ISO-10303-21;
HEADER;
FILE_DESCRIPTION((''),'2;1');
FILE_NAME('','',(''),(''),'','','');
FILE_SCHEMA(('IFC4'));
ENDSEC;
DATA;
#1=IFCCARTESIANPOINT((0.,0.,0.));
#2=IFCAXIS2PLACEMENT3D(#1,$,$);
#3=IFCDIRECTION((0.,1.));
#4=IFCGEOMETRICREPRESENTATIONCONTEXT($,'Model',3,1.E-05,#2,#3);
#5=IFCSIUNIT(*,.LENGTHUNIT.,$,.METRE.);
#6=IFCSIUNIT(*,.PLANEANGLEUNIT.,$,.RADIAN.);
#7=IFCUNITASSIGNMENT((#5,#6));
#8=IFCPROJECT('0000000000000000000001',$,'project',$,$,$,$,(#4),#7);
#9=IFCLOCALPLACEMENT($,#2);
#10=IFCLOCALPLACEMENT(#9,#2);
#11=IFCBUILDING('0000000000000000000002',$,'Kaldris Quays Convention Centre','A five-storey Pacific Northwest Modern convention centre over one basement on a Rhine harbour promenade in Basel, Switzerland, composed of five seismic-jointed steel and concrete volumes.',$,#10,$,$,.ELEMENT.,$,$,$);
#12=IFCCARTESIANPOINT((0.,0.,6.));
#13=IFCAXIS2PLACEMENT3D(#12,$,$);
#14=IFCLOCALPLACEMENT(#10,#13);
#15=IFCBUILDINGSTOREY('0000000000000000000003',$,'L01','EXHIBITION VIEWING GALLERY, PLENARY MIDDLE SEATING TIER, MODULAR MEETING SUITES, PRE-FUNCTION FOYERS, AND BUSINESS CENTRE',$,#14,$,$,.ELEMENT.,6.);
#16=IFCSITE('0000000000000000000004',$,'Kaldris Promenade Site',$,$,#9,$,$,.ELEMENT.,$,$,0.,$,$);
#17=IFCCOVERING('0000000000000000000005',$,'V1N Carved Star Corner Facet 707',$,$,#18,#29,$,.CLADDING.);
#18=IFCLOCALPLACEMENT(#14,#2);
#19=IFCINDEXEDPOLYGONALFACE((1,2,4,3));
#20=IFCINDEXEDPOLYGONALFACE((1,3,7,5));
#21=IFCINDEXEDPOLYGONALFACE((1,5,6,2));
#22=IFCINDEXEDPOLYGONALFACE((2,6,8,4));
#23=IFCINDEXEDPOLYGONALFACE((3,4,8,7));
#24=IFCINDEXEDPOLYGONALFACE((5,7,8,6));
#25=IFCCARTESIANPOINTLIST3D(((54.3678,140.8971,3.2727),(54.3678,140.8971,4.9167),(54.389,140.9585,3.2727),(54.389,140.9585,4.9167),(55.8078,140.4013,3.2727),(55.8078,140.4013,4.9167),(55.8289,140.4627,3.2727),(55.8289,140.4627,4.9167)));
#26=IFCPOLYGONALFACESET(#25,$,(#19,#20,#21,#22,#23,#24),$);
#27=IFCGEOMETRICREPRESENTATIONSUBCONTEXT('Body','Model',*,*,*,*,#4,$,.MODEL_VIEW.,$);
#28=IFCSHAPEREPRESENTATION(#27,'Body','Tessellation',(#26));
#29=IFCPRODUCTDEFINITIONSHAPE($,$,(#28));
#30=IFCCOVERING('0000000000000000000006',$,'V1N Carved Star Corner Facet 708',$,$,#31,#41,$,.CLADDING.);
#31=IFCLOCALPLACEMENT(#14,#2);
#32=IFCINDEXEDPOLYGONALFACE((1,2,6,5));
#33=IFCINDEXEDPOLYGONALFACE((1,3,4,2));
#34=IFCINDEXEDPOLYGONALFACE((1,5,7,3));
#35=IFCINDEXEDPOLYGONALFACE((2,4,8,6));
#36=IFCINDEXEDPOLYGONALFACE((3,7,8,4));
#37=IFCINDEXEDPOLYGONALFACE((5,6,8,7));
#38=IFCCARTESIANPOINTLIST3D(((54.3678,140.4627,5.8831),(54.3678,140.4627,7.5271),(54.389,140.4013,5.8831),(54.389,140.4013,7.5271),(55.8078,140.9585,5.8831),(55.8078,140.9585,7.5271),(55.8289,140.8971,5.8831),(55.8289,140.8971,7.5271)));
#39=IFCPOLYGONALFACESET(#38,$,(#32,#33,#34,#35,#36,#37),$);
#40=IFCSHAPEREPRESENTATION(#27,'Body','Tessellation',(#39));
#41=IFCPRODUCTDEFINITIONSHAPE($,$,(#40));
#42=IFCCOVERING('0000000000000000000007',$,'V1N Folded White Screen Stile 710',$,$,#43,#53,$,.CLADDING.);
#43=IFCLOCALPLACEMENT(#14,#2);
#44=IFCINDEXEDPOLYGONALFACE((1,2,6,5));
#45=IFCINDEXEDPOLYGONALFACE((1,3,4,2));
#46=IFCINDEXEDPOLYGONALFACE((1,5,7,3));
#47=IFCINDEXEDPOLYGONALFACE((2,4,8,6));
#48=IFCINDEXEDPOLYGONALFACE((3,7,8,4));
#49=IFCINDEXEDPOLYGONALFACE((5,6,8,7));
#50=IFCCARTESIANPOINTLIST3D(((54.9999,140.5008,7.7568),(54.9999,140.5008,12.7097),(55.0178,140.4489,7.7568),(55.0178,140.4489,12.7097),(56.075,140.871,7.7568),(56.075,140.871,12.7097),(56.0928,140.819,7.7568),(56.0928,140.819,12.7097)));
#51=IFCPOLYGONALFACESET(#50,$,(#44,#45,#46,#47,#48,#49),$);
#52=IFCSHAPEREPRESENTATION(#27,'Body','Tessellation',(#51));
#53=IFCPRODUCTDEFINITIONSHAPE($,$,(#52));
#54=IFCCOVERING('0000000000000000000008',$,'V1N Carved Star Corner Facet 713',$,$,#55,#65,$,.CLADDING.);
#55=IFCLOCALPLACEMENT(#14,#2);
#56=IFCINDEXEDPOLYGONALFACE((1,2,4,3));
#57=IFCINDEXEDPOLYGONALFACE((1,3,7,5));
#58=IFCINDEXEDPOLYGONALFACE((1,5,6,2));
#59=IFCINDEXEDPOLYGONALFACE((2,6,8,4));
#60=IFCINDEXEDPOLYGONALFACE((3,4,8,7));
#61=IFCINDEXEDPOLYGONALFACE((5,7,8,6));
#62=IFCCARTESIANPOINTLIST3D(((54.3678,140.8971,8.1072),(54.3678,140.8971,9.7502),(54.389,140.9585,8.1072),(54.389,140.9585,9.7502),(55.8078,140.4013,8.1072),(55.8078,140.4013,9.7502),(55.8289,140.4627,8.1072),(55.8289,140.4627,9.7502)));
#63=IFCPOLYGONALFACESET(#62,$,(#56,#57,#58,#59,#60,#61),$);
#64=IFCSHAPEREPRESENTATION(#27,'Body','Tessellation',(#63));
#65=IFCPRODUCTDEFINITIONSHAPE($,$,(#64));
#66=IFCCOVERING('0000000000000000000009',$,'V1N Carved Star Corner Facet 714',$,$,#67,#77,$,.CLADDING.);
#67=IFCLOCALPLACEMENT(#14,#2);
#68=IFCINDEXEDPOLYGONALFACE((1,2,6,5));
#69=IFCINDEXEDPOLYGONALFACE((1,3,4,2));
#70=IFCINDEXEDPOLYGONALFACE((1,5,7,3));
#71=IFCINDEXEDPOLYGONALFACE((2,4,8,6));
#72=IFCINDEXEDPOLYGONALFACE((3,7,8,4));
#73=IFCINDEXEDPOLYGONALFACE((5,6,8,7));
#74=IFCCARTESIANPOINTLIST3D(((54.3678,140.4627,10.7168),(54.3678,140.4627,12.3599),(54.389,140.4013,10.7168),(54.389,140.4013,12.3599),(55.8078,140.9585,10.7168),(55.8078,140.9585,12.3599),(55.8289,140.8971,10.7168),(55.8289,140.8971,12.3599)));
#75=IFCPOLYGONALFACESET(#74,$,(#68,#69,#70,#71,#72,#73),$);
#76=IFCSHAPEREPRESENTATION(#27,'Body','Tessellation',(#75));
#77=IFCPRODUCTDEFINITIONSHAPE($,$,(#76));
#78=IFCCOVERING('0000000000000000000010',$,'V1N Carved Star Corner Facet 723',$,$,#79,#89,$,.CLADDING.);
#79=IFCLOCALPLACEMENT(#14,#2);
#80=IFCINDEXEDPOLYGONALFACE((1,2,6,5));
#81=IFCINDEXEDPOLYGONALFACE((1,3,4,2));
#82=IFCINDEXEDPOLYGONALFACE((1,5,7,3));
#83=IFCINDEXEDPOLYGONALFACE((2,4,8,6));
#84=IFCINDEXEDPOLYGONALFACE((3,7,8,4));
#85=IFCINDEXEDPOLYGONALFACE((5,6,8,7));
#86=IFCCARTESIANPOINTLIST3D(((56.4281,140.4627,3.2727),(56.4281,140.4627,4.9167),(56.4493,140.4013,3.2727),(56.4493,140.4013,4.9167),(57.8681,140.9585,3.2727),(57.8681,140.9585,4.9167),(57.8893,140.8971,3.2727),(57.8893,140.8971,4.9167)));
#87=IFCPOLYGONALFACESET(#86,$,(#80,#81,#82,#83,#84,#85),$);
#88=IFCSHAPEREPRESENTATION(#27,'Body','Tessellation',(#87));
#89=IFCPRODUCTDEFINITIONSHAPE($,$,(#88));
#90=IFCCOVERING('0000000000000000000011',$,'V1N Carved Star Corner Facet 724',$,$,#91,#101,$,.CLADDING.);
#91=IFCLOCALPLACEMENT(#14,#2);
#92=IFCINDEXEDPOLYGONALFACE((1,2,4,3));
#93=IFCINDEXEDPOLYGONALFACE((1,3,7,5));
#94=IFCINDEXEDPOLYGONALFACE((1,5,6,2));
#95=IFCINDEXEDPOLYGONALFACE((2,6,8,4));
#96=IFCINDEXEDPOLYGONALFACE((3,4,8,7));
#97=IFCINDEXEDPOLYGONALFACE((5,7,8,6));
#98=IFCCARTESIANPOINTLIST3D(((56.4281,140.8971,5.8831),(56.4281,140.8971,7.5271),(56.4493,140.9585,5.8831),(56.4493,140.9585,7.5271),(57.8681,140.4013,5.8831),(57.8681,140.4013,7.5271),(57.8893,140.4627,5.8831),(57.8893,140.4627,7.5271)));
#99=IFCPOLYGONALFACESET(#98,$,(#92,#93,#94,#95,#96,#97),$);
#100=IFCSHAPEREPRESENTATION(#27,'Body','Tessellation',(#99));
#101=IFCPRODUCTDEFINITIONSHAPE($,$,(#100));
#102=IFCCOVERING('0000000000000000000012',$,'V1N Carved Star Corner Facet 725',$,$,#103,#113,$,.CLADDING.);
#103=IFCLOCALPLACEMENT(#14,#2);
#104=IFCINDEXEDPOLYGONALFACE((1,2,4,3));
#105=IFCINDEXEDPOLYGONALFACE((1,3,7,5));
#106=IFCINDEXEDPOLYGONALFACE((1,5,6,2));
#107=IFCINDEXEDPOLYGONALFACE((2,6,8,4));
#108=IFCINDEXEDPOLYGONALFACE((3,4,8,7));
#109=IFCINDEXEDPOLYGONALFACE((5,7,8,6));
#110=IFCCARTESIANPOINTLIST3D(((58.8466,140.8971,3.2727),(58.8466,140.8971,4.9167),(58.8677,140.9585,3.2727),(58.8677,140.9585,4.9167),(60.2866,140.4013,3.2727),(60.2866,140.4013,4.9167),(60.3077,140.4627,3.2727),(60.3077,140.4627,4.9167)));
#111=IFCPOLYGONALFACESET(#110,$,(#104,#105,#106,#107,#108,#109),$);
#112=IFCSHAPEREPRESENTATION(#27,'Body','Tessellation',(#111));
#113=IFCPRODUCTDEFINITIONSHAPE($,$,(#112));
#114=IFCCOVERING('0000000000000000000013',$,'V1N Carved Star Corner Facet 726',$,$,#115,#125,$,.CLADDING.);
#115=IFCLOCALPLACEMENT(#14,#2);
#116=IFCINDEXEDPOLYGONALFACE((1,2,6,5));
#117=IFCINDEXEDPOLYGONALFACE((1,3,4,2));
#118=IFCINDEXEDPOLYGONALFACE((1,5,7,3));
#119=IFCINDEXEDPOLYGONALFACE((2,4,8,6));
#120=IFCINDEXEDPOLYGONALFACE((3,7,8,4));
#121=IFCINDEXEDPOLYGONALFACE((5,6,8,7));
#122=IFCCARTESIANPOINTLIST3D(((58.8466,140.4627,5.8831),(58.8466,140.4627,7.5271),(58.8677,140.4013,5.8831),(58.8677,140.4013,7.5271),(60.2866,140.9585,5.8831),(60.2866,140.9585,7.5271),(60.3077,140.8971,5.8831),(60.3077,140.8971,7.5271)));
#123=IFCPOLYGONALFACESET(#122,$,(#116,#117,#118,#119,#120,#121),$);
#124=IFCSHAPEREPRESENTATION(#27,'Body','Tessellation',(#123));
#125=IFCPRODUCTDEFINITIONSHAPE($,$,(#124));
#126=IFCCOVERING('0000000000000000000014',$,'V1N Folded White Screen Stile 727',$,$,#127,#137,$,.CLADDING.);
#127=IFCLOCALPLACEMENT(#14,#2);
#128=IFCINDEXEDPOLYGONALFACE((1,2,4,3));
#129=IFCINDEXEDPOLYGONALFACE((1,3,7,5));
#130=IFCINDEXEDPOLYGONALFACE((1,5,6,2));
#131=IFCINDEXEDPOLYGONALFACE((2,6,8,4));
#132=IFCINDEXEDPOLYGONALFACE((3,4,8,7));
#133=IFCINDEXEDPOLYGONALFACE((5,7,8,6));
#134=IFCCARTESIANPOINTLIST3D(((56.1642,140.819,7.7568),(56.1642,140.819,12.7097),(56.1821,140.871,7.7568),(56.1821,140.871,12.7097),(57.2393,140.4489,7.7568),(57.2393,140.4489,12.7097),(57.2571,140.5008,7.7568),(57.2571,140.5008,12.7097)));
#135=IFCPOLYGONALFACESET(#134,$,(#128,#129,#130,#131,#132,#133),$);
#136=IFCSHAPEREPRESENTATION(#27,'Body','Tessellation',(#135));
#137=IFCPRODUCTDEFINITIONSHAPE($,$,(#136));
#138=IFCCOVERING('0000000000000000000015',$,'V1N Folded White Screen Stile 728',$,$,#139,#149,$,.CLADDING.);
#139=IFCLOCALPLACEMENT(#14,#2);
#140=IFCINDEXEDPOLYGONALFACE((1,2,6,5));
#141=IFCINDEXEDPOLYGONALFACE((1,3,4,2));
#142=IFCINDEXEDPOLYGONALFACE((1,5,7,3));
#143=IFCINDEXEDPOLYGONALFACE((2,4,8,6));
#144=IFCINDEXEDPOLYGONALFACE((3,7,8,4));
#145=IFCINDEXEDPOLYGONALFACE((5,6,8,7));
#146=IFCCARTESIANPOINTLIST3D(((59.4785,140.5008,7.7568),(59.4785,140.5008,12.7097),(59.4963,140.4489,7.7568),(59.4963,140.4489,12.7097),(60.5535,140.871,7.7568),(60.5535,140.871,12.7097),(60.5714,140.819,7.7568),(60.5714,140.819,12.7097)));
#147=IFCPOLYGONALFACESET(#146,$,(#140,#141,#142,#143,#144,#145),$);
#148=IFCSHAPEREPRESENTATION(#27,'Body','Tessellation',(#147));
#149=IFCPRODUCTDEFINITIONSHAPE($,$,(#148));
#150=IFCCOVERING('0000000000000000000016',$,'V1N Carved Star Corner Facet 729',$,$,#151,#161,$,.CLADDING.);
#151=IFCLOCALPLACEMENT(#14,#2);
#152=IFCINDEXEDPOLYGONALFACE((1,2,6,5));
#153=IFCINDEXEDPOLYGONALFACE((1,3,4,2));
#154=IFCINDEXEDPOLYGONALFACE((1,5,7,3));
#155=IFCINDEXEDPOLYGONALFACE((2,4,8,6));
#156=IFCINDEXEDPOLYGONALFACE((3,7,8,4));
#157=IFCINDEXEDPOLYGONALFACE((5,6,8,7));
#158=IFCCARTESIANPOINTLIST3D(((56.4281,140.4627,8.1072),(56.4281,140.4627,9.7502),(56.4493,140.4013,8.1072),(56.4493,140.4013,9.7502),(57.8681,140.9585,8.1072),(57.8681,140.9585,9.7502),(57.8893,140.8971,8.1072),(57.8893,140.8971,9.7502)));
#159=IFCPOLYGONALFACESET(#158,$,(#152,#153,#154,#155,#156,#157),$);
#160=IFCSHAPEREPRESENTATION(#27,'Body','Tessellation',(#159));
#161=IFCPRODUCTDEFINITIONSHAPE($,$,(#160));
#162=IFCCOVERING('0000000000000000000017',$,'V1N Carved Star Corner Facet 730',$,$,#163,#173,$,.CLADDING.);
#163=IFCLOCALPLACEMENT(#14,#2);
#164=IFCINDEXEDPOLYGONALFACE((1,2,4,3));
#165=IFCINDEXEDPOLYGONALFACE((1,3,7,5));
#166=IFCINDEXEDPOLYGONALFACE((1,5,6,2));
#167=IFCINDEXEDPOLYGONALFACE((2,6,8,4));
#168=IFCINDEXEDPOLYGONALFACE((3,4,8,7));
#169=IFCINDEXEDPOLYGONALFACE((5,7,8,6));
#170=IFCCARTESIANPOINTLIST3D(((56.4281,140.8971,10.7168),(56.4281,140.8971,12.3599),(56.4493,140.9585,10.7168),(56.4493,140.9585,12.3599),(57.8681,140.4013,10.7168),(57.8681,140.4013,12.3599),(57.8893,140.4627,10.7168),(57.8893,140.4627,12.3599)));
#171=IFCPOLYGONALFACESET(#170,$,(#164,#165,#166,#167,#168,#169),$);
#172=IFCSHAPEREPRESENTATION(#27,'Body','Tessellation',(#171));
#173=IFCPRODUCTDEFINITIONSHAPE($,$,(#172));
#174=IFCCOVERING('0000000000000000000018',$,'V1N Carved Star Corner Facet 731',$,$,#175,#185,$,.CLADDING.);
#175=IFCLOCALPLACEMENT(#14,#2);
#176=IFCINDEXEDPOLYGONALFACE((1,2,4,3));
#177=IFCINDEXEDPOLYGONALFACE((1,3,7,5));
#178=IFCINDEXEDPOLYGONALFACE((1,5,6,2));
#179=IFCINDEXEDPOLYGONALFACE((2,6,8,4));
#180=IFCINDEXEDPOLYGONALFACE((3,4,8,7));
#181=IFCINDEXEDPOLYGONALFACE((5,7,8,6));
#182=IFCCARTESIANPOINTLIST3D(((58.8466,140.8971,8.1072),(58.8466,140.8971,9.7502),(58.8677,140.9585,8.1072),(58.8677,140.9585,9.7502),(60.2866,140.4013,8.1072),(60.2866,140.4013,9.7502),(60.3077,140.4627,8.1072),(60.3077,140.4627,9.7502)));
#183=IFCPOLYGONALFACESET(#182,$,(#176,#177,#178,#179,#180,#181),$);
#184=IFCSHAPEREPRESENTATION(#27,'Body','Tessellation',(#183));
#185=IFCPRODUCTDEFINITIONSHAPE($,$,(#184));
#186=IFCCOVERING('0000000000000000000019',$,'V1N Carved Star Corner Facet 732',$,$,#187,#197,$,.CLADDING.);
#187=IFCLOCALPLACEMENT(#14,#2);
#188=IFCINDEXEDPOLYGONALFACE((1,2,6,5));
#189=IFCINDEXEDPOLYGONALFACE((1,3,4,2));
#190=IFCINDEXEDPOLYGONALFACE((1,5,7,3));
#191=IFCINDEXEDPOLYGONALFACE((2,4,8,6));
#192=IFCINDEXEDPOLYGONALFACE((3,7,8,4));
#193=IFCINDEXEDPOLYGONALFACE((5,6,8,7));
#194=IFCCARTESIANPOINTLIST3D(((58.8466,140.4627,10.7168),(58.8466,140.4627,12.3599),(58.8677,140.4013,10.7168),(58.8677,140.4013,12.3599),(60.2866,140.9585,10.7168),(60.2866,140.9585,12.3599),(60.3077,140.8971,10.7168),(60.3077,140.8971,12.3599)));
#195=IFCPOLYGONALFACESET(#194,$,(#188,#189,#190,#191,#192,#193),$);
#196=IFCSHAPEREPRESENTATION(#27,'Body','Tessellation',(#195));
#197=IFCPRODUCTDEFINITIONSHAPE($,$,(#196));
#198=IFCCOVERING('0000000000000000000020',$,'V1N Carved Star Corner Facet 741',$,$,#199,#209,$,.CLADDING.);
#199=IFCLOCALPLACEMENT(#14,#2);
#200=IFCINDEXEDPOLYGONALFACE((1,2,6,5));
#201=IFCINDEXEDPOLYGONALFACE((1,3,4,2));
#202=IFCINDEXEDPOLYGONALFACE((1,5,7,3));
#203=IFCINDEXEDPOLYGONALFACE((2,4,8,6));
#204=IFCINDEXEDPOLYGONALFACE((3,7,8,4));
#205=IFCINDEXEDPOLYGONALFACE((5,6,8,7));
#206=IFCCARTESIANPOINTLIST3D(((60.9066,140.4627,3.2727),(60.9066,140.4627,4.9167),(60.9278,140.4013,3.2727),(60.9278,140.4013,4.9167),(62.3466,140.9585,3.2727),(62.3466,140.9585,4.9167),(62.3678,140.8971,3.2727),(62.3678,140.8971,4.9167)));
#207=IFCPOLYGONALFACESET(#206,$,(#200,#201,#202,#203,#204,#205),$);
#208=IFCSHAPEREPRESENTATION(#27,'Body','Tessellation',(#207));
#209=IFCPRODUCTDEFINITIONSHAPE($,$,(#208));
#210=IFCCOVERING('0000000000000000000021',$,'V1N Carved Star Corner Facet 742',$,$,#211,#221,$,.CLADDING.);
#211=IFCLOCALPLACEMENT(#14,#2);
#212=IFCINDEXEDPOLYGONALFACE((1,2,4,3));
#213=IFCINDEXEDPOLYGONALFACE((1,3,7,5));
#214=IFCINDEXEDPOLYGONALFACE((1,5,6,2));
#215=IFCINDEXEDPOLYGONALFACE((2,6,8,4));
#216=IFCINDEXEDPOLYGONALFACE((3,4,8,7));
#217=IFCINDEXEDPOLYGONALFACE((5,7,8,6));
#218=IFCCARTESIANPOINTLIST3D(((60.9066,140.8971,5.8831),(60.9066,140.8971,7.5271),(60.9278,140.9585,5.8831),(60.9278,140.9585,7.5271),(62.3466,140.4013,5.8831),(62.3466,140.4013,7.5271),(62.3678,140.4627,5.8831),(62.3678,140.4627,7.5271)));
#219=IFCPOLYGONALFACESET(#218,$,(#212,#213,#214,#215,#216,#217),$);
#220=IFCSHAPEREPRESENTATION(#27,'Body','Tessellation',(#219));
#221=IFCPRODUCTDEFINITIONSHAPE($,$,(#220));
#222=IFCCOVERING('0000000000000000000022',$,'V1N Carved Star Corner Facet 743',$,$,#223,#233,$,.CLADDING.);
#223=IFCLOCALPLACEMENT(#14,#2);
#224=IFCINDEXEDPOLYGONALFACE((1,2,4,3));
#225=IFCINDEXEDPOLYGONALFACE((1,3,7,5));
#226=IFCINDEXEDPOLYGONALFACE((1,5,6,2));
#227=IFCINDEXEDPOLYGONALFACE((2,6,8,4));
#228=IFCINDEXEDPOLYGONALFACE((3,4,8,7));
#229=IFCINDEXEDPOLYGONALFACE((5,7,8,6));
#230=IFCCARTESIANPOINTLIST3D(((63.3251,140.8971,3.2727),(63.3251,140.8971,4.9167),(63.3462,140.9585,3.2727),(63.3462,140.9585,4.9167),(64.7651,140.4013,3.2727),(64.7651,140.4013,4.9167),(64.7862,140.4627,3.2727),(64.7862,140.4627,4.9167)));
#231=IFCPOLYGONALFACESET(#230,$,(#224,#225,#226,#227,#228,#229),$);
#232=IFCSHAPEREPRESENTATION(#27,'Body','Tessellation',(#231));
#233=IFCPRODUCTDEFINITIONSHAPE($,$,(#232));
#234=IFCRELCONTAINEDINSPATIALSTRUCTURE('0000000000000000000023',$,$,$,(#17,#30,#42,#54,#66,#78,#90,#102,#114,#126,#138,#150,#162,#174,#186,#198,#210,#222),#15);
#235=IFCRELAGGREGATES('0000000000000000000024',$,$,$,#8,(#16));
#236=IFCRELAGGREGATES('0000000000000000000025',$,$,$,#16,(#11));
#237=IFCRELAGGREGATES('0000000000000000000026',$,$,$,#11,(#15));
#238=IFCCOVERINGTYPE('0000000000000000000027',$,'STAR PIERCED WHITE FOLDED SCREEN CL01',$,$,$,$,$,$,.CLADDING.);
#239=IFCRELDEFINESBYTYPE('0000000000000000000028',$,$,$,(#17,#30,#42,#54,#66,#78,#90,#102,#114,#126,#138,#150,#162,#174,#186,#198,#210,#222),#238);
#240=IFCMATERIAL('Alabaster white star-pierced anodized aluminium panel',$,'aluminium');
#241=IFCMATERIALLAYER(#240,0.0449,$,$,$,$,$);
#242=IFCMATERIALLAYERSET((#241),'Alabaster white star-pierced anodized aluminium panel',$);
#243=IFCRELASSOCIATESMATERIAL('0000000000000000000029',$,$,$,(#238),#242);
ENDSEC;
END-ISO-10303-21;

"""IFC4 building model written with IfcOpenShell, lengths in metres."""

from ifc_helpers import new_model, si_unit, direction, frame, origin, origin_2d, place, context, subcontext, project, spatial, rectangle, extrude, material, layer, layer_set, type_object, element, save


model = new_model("IFC4")

# Units and contexts
model_context = context("Model", 3, precision=1e-05, world=origin(), true_north=direction((0.0, 1.0)))
body_context = subcontext(model_context, "Body", "Model", "MODEL_VIEW")
ifc_project = project(units=[si_unit("LENGTHUNIT", "METRE"), si_unit("PLANEANGLEUNIT", "RADIAN")], contexts=[model_context])

# Site, building, storey
site_placement = place(None, origin())
site = spatial("IfcSite", under=ifc_project, at=site_placement, Name="Kaldris Promenade Site", CompositionType="ELEMENT", RefElevation=0.0)
building_placement = place(site_placement, origin())
building = spatial("IfcBuilding", under=site, at=building_placement, Name="Kaldris Quays Convention Centre", Description="A five-storey Pacific Northwest Modern convention centre over one basement on a Rhine harbour promenade in Basel, Switzerland, composed of five seismic-jointed steel and concrete volumes.", CompositionType="ELEMENT")
storey_placement = place(building_placement, frame((0.0, 0.0, 6.0)))
storey = spatial("IfcBuildingStorey", under=building, at=storey_placement, Name="L01", Description="EXHIBITION VIEWING GALLERY, PLENARY MIDDLE SEATING TIER, MODULAR MEETING SUITES, PRE-FUNCTION FOYERS, AND BUSINESS CENTRE", CompositionType="ELEMENT", Elevation=6.0)

# Coverings
ifc_material_1 = material(Name="Alabaster white star-pierced anodized aluminium panel", Category="aluminium")
ifc_layer = layer(ifc_material_1, 0.0449)
ifc_layer_set = layer_set([ifc_layer], Name="Alabaster white star-pierced anodized aluminium panel")
covering_type = type_object("IfcCoveringType", Name="STAR PIERCED WHITE FOLDED SCREEN CL01", PredefinedType="CLADDING", material=ifc_layer_set)
for number, where, z_axis, x_axis, name in (
    (1, (55.0984, 140.6799, 3.2727), (0.0, 0.0, 1.0), (0.945519, -0.325568, 0.0), "V1N Carved Star Corner Facet 707"),
    (2, (55.0984, 140.6799, 5.8831), (0.0, 0.0, 1.0), (0.945519, 0.325568, 0.0), "V1N Carved Star Corner Facet 708"),
):
    element("IfcCovering", number, at=place(storey_placement, frame(where, z_axis=z_axis, x_axis=x_axis)), inside=storey, type_object=covering_type, Name=name, PredefinedType="CLADDING", context=body_context, shape_type="SweptSolid", body=[
        extrude(rectangle(XDim=1.5229, YDim=0.0649, at=origin_2d()), origin(), (0.0, 0.0, 1.0), 1.644),
    ])
covering_placement = place(storey_placement, frame((55.5464, 140.6599, 7.7568), z_axis=(0.0, 0.0, 1.0), x_axis=(0.945519, 0.325568, 0.0)))
element("IfcCovering", 3, at=covering_placement, inside=storey, type_object=covering_type, Name="V1N Folded White Screen Stile 710", PredefinedType="CLADDING", context=body_context, shape_type="SweptSolid", body=[
    extrude(rectangle(XDim=1.137, YDim=0.0549, at=origin_2d()), origin(), (0.0, 0.0, 1.0), 4.9529),
])
for number, where, z_axis, x_axis, name in (
    (4, (55.0984, 140.6799, 8.1072), (0.0, 0.0, 1.0), (0.945519, -0.325568, 0.0), "V1N Carved Star Corner Facet 713"),
    (5, (55.0984, 140.6799, 10.7168), (0.0, 0.0, 1.0), (0.945519, 0.325568, 0.0), "V1N Carved Star Corner Facet 714"),
):
    element("IfcCovering", number, at=place(storey_placement, frame(where, z_axis=z_axis, x_axis=x_axis)), inside=storey, type_object=covering_type, Name=name, PredefinedType="CLADDING", context=body_context, shape_type="SweptSolid", body=[
        extrude(rectangle(XDim=1.5229, YDim=0.0649, at=origin_2d()), origin(), (0.0, 0.0, 1.0), 1.6431),
    ])
for number, where, z_axis, x_axis, name in (
    (6, (57.1587, 140.6799, 3.2727), (0.0, 0.0, 1.0), (0.945519, 0.325568, 0.0), "V1N Carved Star Corner Facet 723"),
    (7, (57.1587, 140.6799, 5.8831), (0.0, 0.0, 1.0), (0.945519, -0.325568, 0.0), "V1N Carved Star Corner Facet 724"),
    (8, (59.5771, 140.6799, 3.2727), (0.0, 0.0, 1.0), (0.945519, -0.325568, 0.0), "V1N Carved Star Corner Facet 725"),
    (9, (59.5771, 140.6799, 5.8831), (0.0, 0.0, 1.0), (0.945519, 0.325568, 0.0), "V1N Carved Star Corner Facet 726"),
):
    element("IfcCovering", number, at=place(storey_placement, frame(where, z_axis=z_axis, x_axis=x_axis)), inside=storey, type_object=covering_type, Name=name, PredefinedType="CLADDING", context=body_context, shape_type="SweptSolid", body=[
        extrude(rectangle(XDim=1.5229, YDim=0.0649, at=origin_2d()), origin(), (0.0, 0.0, 1.0), 1.644),
    ])
for number, where, z_axis, x_axis, name in (
    (10, (56.7107, 140.6599, 7.7568), (0.0, 0.0, 1.0), (0.945519, -0.325568, 0.0), "V1N Folded White Screen Stile 727"),
    (11, (60.0249, 140.6599, 7.7568), (0.0, 0.0, 1.0), (0.945519, 0.325568, 0.0), "V1N Folded White Screen Stile 728"),
):
    element("IfcCovering", number, at=place(storey_placement, frame(where, z_axis=z_axis, x_axis=x_axis)), inside=storey, type_object=covering_type, Name=name, PredefinedType="CLADDING", context=body_context, shape_type="SweptSolid", body=[
        extrude(rectangle(XDim=1.137, YDim=0.0549, at=origin_2d()), origin(), (0.0, 0.0, 1.0), 4.9529),
    ])
for number, where, z_axis, x_axis, name in (
    (12, (57.1587, 140.6799, 8.1072), (0.0, 0.0, 1.0), (0.945519, 0.325568, 0.0), "V1N Carved Star Corner Facet 729"),
    (13, (57.1587, 140.6799, 10.7168), (0.0, 0.0, 1.0), (0.945519, -0.325568, 0.0), "V1N Carved Star Corner Facet 730"),
    (14, (59.5771, 140.6799, 8.1072), (0.0, 0.0, 1.0), (0.945519, -0.325568, 0.0), "V1N Carved Star Corner Facet 731"),
    (15, (59.5771, 140.6799, 10.7168), (0.0, 0.0, 1.0), (0.945519, 0.325568, 0.0), "V1N Carved Star Corner Facet 732"),
):
    element("IfcCovering", number, at=place(storey_placement, frame(where, z_axis=z_axis, x_axis=x_axis)), inside=storey, type_object=covering_type, Name=name, PredefinedType="CLADDING", context=body_context, shape_type="SweptSolid", body=[
        extrude(rectangle(XDim=1.5229, YDim=0.0649, at=origin_2d()), origin(), (0.0, 0.0, 1.0), 1.6431),
    ])
for number, where, z_axis, x_axis, name in (
    (16, (61.6372, 140.6799, 3.2727), (0.0, 0.0, 1.0), (0.945519, 0.325568, 0.0), "V1N Carved Star Corner Facet 741"),
    (17, (61.6372, 140.6799, 5.8831), (0.0, 0.0, 1.0), (0.945519, -0.325568, 0.0), "V1N Carved Star Corner Facet 742"),
    (18, (64.0557, 140.6799, 3.2727), (0.0, 0.0, 1.0), (0.945519, -0.325568, 0.0), "V1N Carved Star Corner Facet 743"),
):
    element("IfcCovering", number, at=place(storey_placement, frame(where, z_axis=z_axis, x_axis=x_axis)), inside=storey, type_object=covering_type, Name=name, PredefinedType="CLADDING", context=body_context, shape_type="SweptSolid", body=[
        extrude(rectangle(XDim=1.5229, YDim=0.0649, at=origin_2d()), origin(), (0.0, 0.0, 1.0), 1.644),
    ])

save(model, "model.ifc")
